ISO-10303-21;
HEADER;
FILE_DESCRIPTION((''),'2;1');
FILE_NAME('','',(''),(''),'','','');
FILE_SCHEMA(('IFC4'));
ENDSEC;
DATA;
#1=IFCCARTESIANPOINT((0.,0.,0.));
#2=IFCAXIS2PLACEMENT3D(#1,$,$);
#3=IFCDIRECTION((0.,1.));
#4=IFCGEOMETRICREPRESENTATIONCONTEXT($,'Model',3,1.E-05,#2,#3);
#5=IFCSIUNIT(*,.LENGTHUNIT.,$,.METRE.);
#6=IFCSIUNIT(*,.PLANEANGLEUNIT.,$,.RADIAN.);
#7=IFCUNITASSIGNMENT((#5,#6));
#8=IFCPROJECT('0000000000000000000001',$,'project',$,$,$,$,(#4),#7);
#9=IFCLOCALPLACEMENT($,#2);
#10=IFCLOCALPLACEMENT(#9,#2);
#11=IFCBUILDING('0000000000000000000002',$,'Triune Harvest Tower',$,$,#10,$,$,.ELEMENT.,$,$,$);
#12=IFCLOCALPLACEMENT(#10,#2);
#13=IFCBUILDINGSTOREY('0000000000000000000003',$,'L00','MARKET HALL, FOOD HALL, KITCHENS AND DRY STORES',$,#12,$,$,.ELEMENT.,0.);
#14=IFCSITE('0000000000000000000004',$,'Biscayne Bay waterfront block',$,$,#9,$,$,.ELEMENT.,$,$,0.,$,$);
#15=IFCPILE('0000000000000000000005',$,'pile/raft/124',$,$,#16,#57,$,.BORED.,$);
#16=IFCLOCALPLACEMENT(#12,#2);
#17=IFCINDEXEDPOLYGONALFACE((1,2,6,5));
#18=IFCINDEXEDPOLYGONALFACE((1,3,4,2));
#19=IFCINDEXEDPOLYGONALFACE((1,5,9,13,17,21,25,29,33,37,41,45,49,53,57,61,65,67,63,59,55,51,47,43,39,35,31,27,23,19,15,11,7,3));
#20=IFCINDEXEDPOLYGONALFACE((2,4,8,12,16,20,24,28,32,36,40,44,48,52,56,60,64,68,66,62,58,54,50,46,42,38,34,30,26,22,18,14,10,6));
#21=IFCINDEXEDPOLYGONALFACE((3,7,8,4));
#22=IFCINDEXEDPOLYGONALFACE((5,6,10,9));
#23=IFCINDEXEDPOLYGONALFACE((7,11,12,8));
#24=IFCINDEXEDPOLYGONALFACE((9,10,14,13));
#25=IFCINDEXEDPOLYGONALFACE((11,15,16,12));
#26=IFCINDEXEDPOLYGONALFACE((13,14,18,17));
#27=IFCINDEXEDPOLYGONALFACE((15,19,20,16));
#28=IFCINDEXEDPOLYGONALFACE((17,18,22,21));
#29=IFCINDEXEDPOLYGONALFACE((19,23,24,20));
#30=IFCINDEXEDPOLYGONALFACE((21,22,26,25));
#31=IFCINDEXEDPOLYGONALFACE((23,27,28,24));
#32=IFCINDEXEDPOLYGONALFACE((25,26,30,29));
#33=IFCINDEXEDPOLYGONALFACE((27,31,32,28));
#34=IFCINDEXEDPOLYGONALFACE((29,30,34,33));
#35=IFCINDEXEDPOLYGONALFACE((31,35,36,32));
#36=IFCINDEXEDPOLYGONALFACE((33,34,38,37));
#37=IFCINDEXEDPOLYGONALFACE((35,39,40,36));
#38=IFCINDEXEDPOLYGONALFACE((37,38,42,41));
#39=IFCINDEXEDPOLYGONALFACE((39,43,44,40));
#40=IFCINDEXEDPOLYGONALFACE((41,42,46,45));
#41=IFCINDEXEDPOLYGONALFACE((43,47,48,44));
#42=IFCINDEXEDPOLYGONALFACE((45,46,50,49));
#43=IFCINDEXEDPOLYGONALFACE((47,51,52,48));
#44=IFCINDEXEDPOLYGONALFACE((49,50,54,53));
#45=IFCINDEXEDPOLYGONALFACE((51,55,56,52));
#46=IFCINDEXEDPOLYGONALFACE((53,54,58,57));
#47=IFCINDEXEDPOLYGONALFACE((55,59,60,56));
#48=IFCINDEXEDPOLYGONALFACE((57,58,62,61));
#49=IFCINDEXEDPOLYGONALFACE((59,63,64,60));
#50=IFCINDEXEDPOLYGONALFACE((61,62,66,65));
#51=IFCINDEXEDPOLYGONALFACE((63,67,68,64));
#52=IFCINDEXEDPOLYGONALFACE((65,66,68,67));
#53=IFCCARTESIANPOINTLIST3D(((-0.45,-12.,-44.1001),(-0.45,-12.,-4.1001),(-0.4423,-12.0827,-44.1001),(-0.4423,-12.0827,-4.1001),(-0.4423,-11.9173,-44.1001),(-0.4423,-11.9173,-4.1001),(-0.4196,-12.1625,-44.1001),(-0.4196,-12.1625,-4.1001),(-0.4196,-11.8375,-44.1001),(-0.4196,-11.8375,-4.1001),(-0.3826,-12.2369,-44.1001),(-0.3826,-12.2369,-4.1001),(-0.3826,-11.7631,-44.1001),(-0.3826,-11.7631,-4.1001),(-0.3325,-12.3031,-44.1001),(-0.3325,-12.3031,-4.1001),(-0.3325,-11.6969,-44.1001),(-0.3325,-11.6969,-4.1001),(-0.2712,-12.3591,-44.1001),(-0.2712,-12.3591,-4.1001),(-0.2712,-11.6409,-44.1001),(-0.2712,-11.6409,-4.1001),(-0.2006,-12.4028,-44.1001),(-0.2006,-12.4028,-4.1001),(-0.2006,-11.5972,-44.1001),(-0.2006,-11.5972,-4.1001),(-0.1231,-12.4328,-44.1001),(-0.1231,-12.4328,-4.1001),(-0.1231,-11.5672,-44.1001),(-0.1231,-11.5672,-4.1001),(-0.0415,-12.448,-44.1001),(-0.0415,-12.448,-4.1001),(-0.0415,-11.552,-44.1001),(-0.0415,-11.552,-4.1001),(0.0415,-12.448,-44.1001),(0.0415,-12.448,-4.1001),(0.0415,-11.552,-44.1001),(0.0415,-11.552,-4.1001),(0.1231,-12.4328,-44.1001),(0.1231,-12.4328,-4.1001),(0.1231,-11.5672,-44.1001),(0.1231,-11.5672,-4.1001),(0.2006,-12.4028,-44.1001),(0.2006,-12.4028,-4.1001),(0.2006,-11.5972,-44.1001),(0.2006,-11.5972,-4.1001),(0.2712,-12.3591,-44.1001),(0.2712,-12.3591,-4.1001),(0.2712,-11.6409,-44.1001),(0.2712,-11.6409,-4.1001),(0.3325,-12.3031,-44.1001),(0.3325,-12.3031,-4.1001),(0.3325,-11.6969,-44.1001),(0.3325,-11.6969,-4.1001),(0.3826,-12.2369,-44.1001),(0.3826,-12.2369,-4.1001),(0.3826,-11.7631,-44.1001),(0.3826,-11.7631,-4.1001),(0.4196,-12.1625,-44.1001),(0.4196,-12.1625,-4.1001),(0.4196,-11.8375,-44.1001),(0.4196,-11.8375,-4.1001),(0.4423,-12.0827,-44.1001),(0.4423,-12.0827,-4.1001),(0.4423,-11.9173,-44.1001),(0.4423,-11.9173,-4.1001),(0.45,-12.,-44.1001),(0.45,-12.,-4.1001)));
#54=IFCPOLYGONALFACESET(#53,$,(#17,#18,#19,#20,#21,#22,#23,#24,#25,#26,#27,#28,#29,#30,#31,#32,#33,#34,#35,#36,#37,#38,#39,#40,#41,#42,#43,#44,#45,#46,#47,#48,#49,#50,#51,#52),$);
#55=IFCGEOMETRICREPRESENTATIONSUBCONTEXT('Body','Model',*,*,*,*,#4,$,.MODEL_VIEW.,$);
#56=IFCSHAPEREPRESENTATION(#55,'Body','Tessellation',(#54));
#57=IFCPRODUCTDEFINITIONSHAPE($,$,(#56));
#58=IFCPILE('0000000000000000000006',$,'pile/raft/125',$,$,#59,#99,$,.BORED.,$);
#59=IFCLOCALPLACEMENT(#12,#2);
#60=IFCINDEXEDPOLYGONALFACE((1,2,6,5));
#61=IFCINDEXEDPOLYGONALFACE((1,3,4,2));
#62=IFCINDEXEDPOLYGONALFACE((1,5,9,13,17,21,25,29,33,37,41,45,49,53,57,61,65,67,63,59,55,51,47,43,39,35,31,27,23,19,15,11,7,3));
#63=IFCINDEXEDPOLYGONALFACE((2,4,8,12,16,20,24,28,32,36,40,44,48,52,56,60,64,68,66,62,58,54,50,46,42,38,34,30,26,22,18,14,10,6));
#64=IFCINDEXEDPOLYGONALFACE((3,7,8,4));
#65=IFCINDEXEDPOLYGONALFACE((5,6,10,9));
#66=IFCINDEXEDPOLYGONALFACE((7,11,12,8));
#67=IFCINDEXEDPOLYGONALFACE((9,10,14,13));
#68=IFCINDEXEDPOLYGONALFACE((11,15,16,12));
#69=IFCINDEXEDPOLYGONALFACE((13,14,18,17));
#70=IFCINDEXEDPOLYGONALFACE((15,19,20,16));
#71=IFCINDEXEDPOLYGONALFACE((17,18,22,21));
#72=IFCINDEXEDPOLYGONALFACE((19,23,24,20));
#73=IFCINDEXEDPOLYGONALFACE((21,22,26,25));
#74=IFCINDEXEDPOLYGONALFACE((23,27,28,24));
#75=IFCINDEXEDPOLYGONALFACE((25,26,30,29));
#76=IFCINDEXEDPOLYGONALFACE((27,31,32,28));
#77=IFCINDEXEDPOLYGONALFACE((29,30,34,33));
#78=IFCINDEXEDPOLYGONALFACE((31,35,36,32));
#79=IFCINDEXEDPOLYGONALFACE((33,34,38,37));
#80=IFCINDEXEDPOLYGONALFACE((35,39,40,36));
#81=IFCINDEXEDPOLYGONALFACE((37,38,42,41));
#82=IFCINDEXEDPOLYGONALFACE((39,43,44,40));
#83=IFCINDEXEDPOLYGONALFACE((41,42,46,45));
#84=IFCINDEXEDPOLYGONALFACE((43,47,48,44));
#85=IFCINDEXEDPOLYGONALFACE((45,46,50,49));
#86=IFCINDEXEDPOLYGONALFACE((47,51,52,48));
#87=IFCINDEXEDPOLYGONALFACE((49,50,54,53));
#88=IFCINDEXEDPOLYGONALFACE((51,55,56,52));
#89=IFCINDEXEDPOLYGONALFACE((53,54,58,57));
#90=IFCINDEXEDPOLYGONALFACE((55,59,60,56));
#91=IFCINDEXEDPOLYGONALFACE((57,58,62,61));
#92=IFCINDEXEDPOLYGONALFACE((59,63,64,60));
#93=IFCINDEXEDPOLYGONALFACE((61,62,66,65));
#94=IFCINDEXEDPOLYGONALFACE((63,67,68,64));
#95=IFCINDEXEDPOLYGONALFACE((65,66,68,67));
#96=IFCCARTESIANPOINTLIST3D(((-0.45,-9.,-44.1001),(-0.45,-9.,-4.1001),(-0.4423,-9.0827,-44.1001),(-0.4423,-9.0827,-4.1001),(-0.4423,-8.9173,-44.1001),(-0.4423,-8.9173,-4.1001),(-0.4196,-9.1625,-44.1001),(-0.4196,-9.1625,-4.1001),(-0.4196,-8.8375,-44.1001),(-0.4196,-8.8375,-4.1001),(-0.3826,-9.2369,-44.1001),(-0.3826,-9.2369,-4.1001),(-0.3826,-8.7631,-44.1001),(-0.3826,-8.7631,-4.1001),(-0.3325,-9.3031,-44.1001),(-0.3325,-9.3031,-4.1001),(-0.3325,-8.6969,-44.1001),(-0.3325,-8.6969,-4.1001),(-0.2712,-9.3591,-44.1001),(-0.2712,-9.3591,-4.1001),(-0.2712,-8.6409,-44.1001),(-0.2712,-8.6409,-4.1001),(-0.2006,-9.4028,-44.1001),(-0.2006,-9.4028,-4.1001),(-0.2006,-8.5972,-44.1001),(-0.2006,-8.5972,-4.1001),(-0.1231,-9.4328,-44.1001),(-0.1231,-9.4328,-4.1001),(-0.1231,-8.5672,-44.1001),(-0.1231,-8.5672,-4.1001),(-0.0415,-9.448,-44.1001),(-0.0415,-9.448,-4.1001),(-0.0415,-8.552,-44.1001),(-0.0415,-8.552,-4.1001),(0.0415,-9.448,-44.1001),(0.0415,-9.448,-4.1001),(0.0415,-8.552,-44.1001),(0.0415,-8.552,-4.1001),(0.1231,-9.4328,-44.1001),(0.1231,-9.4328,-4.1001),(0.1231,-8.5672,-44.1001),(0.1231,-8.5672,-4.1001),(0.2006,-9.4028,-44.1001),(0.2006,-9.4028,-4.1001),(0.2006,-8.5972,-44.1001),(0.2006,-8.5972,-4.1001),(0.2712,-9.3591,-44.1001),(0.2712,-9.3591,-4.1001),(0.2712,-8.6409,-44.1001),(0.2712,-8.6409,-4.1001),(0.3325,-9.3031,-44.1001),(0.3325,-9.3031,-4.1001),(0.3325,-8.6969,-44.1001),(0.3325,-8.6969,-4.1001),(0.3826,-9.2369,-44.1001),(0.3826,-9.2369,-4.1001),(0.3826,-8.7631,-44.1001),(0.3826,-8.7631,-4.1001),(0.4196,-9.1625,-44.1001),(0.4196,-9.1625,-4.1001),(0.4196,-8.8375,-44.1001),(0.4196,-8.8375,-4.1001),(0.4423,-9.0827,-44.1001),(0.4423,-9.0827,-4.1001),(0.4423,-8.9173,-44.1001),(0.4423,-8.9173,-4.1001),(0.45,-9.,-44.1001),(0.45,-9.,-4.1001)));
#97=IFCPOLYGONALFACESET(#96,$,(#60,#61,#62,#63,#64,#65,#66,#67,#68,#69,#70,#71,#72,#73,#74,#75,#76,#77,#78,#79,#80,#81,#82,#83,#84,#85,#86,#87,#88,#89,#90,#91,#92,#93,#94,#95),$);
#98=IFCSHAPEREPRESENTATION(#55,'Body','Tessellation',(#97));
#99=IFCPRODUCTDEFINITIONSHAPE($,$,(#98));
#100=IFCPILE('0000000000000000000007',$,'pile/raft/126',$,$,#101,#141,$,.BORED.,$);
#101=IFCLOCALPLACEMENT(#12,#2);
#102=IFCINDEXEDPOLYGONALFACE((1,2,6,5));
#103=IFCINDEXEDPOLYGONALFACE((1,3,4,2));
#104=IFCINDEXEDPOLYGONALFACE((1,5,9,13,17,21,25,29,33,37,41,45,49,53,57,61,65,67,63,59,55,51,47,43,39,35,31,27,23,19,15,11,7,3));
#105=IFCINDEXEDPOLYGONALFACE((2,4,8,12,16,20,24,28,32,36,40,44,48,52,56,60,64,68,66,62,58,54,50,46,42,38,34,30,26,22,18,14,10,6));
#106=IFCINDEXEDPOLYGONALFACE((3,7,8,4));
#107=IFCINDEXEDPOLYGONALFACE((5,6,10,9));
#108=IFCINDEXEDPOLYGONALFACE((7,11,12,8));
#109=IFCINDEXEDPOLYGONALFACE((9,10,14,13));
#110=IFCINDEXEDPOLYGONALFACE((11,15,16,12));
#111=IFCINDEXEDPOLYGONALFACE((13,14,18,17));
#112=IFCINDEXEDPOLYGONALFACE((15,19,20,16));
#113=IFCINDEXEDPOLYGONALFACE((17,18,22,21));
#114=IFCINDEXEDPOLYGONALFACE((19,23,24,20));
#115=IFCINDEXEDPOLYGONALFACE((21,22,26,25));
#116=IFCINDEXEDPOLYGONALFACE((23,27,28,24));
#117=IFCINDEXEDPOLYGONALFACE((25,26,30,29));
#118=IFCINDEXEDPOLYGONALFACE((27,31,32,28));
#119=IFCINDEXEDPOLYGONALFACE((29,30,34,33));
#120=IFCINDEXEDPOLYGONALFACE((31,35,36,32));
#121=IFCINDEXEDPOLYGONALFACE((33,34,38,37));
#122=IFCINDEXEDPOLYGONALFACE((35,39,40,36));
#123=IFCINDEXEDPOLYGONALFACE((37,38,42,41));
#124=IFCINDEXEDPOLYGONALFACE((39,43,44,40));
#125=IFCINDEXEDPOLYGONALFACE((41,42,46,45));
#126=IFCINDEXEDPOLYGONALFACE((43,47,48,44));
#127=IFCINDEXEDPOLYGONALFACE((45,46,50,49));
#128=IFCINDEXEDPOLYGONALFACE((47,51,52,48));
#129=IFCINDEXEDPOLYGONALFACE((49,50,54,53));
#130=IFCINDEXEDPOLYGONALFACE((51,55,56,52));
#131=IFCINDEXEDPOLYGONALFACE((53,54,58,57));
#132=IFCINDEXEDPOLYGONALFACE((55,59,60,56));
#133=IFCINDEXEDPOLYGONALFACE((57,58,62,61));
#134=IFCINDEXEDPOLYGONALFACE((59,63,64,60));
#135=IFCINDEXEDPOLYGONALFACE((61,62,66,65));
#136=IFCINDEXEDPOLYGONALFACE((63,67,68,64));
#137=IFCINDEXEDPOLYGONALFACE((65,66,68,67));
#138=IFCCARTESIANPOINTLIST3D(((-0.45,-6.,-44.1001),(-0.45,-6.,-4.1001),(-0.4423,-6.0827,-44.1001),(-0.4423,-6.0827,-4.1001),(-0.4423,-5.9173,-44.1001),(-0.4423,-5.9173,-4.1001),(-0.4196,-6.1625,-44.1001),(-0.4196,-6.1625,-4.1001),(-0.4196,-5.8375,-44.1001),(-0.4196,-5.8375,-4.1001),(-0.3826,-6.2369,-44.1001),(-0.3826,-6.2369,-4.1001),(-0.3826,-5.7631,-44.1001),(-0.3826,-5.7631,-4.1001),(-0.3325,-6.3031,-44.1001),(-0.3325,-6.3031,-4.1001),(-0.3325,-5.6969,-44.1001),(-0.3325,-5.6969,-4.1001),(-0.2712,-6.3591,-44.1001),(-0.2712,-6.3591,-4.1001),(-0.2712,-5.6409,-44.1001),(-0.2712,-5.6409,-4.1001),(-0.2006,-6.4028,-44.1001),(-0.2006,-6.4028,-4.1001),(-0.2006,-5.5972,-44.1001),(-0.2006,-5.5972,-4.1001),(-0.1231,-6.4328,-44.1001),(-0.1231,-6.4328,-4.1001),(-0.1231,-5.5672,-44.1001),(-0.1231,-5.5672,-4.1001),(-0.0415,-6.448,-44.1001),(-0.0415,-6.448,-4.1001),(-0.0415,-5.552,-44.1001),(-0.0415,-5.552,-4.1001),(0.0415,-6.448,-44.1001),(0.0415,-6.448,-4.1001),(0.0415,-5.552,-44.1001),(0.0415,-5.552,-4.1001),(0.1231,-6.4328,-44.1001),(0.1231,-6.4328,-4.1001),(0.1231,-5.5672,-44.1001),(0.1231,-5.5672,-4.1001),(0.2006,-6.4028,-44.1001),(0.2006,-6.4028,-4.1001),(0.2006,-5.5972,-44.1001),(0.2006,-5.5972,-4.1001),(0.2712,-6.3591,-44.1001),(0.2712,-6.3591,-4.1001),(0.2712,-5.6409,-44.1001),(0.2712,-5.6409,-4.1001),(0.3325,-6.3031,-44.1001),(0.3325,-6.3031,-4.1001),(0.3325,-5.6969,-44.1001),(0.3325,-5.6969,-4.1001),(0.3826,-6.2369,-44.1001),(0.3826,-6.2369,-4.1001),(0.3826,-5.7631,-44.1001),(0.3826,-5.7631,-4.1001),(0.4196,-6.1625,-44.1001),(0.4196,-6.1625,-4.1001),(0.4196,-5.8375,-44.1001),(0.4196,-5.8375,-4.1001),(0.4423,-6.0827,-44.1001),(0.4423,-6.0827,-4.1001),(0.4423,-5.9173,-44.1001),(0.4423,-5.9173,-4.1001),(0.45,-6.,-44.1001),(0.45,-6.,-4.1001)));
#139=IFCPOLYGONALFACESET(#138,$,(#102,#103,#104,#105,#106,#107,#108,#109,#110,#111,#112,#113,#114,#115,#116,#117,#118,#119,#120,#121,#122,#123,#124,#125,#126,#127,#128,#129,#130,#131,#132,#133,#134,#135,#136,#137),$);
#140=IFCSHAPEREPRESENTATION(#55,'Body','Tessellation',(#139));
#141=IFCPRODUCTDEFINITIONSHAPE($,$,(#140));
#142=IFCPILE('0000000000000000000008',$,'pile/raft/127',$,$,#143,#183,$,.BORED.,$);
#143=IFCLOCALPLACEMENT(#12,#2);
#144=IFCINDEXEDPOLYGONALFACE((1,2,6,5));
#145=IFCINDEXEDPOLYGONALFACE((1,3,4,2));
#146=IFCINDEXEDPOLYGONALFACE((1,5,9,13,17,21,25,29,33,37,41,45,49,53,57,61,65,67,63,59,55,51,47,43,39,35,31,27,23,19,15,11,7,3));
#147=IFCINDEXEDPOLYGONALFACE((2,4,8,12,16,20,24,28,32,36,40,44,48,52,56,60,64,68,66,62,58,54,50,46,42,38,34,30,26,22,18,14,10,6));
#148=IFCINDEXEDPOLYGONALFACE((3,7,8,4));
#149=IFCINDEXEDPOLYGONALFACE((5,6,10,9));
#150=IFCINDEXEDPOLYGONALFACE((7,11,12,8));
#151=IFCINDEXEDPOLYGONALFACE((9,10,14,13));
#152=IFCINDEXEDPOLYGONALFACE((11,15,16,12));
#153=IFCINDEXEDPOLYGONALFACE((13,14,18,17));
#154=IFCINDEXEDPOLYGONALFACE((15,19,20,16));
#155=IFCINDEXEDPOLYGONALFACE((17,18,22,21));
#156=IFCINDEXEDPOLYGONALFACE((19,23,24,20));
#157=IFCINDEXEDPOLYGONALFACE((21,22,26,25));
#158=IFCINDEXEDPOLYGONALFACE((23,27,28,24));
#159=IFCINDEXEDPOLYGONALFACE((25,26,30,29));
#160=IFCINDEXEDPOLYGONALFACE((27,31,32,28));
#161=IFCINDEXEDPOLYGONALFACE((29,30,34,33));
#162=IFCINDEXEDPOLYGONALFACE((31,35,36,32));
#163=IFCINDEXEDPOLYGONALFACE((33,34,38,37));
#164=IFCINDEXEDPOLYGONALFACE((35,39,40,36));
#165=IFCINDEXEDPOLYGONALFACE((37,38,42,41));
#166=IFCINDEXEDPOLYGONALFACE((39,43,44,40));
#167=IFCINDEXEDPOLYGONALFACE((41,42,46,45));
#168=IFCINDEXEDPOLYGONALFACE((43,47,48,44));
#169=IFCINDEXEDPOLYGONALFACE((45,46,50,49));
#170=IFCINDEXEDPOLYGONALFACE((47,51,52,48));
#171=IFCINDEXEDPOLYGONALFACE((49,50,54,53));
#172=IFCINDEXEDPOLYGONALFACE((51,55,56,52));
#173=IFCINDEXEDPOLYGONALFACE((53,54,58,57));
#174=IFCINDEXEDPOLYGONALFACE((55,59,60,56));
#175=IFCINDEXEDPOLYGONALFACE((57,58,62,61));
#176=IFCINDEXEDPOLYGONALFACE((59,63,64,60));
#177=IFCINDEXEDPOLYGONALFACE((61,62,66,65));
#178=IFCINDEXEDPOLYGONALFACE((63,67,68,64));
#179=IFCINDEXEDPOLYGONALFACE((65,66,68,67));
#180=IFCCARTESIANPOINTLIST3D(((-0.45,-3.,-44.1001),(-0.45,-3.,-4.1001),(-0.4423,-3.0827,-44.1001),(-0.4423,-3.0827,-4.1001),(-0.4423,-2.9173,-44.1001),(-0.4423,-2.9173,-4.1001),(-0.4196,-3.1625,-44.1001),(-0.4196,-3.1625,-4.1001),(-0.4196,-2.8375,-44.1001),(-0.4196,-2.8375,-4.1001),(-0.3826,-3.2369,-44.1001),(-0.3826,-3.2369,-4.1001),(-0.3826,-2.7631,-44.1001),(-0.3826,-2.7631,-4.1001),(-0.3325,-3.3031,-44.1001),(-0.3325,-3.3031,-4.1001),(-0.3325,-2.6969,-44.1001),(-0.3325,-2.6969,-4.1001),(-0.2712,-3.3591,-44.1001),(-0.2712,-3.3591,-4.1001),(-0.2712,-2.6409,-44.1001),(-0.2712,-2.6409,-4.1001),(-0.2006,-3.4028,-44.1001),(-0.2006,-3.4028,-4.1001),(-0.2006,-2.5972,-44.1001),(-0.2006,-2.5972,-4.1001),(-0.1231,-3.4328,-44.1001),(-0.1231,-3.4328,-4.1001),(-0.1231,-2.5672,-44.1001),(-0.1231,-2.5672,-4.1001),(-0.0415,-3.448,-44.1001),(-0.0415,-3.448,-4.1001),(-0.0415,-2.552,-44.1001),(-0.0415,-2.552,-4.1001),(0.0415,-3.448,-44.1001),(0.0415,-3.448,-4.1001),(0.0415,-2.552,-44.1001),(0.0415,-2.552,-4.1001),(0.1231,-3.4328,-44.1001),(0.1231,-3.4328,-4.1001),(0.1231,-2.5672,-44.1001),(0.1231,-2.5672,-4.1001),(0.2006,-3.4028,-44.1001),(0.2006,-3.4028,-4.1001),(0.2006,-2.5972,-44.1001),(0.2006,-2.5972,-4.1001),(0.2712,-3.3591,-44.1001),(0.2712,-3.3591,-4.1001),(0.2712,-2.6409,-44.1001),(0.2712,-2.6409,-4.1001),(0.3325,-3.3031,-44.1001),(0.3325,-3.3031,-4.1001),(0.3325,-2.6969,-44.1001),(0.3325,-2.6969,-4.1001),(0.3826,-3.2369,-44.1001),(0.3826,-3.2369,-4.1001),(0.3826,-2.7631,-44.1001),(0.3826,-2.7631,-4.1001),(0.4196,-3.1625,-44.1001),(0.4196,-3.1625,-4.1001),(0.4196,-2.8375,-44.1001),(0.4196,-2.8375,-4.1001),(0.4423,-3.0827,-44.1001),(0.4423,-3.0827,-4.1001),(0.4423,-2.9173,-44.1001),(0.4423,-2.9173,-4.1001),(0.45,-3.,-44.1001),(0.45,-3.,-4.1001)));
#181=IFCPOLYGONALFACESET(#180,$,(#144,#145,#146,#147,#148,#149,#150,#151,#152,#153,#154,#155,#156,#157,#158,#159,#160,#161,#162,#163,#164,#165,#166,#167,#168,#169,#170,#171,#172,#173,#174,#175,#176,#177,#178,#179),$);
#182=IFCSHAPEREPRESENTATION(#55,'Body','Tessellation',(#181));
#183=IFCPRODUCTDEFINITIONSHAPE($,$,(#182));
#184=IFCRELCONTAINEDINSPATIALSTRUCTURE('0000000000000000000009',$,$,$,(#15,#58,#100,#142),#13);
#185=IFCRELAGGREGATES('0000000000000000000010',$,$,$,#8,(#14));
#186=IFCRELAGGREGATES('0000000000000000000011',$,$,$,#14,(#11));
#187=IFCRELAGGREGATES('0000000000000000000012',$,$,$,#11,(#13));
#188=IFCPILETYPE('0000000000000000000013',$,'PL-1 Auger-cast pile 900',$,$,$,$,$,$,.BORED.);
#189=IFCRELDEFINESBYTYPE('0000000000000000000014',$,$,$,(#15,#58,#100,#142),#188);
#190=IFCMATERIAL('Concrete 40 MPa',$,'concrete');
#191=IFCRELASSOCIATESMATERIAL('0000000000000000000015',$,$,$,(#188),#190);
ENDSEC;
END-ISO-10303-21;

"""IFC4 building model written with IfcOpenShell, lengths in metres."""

from ifc_helpers import new_model, si_unit, direction, frame, origin, origin_2d, place, context, subcontext, project, spatial, circle, extrude, source, transform, mapped, material, material_profile, profile_set, type_object, element, save


model = new_model("IFC4")

# Units and contexts
model_context = context("Model", 3, precision=1e-05, world=origin(), true_north=direction((0.0, 1.0)))
body_context = subcontext(model_context, "Body", "Model", "MODEL_VIEW")
ifc_project = project(units=[si_unit("LENGTHUNIT", "METRE"), si_unit("PLANEANGLEUNIT", "RADIAN")], contexts=[model_context])

# Site, building, storey
site_placement = place(None, origin())
site = spatial("IfcSite", under=ifc_project, at=site_placement, Name="Biscayne Bay waterfront block", CompositionType="ELEMENT", RefElevation=0.0)
building_placement = place(site_placement, origin())
building = spatial("IfcBuilding", under=site, at=building_placement, Name="Triune Harvest Tower", CompositionType="ELEMENT")
storey_placement = place(building_placement, origin())
storey = spatial("IfcBuildingStorey", under=building, at=storey_placement, Name="L00", Description="MARKET HALL, FOOD HALL, KITCHENS AND DRY STORES", CompositionType="ELEMENT", Elevation=0.0)

# Piles
ifc_material_1 = material(Name="Concrete 40 MPa", Category="concrete")
ifc_material_profile = material_profile(ifc_material_1, circle(Radius=0.45, at=origin_2d()), Name="Bored 900")
ifc_profile_set = profile_set([ifc_material_profile], Name="Concrete 40 MPa")
pile_type = type_object("IfcPileType", Name="PL-1 Auger-cast pile 900", PredefinedType="BORED", material=ifc_profile_set)
shared_shape_1 = source(origin(), body_context, "Body", "SweptSolid", [
    extrude(circle(Radius=0.45, at=origin_2d()), origin(), (0.0, 0.0, 1.0), 40.0),
])
for number, where, z_axis, x_axis, name in (
    (1, (0.0, -12.0, -4.1001), (0.0, 0.0, -1.0), (1.0, 0.0, 0.0), "pile/raft/124"),
    (2, (0.0, -9.0, -4.1001), (0.0, 0.0, -1.0), (1.0, 0.0, 0.0), "pile/raft/125"),
    (3, (0.0, -6.0, -4.1001), (0.0, 0.0, -1.0), (1.0, 0.0, 0.0), "pile/raft/126"),
    (4, (0.0, -3.0, -4.1001), (0.0, 0.0, -1.0), (1.0, 0.0, 0.0), "pile/raft/127"),
):
    element("IfcPile", number, at=place(storey_placement, frame(where, z_axis=z_axis, x_axis=x_axis)), inside=storey, type_object=pile_type, Name=name, PredefinedType="BORED", context=body_context, shape_type="MappedRepresentation", body=[
        mapped(shared_shape_1, transform((0.0, 0.0, 0.0), scale=1.0)),
    ])

save(model, "model.ifc")
